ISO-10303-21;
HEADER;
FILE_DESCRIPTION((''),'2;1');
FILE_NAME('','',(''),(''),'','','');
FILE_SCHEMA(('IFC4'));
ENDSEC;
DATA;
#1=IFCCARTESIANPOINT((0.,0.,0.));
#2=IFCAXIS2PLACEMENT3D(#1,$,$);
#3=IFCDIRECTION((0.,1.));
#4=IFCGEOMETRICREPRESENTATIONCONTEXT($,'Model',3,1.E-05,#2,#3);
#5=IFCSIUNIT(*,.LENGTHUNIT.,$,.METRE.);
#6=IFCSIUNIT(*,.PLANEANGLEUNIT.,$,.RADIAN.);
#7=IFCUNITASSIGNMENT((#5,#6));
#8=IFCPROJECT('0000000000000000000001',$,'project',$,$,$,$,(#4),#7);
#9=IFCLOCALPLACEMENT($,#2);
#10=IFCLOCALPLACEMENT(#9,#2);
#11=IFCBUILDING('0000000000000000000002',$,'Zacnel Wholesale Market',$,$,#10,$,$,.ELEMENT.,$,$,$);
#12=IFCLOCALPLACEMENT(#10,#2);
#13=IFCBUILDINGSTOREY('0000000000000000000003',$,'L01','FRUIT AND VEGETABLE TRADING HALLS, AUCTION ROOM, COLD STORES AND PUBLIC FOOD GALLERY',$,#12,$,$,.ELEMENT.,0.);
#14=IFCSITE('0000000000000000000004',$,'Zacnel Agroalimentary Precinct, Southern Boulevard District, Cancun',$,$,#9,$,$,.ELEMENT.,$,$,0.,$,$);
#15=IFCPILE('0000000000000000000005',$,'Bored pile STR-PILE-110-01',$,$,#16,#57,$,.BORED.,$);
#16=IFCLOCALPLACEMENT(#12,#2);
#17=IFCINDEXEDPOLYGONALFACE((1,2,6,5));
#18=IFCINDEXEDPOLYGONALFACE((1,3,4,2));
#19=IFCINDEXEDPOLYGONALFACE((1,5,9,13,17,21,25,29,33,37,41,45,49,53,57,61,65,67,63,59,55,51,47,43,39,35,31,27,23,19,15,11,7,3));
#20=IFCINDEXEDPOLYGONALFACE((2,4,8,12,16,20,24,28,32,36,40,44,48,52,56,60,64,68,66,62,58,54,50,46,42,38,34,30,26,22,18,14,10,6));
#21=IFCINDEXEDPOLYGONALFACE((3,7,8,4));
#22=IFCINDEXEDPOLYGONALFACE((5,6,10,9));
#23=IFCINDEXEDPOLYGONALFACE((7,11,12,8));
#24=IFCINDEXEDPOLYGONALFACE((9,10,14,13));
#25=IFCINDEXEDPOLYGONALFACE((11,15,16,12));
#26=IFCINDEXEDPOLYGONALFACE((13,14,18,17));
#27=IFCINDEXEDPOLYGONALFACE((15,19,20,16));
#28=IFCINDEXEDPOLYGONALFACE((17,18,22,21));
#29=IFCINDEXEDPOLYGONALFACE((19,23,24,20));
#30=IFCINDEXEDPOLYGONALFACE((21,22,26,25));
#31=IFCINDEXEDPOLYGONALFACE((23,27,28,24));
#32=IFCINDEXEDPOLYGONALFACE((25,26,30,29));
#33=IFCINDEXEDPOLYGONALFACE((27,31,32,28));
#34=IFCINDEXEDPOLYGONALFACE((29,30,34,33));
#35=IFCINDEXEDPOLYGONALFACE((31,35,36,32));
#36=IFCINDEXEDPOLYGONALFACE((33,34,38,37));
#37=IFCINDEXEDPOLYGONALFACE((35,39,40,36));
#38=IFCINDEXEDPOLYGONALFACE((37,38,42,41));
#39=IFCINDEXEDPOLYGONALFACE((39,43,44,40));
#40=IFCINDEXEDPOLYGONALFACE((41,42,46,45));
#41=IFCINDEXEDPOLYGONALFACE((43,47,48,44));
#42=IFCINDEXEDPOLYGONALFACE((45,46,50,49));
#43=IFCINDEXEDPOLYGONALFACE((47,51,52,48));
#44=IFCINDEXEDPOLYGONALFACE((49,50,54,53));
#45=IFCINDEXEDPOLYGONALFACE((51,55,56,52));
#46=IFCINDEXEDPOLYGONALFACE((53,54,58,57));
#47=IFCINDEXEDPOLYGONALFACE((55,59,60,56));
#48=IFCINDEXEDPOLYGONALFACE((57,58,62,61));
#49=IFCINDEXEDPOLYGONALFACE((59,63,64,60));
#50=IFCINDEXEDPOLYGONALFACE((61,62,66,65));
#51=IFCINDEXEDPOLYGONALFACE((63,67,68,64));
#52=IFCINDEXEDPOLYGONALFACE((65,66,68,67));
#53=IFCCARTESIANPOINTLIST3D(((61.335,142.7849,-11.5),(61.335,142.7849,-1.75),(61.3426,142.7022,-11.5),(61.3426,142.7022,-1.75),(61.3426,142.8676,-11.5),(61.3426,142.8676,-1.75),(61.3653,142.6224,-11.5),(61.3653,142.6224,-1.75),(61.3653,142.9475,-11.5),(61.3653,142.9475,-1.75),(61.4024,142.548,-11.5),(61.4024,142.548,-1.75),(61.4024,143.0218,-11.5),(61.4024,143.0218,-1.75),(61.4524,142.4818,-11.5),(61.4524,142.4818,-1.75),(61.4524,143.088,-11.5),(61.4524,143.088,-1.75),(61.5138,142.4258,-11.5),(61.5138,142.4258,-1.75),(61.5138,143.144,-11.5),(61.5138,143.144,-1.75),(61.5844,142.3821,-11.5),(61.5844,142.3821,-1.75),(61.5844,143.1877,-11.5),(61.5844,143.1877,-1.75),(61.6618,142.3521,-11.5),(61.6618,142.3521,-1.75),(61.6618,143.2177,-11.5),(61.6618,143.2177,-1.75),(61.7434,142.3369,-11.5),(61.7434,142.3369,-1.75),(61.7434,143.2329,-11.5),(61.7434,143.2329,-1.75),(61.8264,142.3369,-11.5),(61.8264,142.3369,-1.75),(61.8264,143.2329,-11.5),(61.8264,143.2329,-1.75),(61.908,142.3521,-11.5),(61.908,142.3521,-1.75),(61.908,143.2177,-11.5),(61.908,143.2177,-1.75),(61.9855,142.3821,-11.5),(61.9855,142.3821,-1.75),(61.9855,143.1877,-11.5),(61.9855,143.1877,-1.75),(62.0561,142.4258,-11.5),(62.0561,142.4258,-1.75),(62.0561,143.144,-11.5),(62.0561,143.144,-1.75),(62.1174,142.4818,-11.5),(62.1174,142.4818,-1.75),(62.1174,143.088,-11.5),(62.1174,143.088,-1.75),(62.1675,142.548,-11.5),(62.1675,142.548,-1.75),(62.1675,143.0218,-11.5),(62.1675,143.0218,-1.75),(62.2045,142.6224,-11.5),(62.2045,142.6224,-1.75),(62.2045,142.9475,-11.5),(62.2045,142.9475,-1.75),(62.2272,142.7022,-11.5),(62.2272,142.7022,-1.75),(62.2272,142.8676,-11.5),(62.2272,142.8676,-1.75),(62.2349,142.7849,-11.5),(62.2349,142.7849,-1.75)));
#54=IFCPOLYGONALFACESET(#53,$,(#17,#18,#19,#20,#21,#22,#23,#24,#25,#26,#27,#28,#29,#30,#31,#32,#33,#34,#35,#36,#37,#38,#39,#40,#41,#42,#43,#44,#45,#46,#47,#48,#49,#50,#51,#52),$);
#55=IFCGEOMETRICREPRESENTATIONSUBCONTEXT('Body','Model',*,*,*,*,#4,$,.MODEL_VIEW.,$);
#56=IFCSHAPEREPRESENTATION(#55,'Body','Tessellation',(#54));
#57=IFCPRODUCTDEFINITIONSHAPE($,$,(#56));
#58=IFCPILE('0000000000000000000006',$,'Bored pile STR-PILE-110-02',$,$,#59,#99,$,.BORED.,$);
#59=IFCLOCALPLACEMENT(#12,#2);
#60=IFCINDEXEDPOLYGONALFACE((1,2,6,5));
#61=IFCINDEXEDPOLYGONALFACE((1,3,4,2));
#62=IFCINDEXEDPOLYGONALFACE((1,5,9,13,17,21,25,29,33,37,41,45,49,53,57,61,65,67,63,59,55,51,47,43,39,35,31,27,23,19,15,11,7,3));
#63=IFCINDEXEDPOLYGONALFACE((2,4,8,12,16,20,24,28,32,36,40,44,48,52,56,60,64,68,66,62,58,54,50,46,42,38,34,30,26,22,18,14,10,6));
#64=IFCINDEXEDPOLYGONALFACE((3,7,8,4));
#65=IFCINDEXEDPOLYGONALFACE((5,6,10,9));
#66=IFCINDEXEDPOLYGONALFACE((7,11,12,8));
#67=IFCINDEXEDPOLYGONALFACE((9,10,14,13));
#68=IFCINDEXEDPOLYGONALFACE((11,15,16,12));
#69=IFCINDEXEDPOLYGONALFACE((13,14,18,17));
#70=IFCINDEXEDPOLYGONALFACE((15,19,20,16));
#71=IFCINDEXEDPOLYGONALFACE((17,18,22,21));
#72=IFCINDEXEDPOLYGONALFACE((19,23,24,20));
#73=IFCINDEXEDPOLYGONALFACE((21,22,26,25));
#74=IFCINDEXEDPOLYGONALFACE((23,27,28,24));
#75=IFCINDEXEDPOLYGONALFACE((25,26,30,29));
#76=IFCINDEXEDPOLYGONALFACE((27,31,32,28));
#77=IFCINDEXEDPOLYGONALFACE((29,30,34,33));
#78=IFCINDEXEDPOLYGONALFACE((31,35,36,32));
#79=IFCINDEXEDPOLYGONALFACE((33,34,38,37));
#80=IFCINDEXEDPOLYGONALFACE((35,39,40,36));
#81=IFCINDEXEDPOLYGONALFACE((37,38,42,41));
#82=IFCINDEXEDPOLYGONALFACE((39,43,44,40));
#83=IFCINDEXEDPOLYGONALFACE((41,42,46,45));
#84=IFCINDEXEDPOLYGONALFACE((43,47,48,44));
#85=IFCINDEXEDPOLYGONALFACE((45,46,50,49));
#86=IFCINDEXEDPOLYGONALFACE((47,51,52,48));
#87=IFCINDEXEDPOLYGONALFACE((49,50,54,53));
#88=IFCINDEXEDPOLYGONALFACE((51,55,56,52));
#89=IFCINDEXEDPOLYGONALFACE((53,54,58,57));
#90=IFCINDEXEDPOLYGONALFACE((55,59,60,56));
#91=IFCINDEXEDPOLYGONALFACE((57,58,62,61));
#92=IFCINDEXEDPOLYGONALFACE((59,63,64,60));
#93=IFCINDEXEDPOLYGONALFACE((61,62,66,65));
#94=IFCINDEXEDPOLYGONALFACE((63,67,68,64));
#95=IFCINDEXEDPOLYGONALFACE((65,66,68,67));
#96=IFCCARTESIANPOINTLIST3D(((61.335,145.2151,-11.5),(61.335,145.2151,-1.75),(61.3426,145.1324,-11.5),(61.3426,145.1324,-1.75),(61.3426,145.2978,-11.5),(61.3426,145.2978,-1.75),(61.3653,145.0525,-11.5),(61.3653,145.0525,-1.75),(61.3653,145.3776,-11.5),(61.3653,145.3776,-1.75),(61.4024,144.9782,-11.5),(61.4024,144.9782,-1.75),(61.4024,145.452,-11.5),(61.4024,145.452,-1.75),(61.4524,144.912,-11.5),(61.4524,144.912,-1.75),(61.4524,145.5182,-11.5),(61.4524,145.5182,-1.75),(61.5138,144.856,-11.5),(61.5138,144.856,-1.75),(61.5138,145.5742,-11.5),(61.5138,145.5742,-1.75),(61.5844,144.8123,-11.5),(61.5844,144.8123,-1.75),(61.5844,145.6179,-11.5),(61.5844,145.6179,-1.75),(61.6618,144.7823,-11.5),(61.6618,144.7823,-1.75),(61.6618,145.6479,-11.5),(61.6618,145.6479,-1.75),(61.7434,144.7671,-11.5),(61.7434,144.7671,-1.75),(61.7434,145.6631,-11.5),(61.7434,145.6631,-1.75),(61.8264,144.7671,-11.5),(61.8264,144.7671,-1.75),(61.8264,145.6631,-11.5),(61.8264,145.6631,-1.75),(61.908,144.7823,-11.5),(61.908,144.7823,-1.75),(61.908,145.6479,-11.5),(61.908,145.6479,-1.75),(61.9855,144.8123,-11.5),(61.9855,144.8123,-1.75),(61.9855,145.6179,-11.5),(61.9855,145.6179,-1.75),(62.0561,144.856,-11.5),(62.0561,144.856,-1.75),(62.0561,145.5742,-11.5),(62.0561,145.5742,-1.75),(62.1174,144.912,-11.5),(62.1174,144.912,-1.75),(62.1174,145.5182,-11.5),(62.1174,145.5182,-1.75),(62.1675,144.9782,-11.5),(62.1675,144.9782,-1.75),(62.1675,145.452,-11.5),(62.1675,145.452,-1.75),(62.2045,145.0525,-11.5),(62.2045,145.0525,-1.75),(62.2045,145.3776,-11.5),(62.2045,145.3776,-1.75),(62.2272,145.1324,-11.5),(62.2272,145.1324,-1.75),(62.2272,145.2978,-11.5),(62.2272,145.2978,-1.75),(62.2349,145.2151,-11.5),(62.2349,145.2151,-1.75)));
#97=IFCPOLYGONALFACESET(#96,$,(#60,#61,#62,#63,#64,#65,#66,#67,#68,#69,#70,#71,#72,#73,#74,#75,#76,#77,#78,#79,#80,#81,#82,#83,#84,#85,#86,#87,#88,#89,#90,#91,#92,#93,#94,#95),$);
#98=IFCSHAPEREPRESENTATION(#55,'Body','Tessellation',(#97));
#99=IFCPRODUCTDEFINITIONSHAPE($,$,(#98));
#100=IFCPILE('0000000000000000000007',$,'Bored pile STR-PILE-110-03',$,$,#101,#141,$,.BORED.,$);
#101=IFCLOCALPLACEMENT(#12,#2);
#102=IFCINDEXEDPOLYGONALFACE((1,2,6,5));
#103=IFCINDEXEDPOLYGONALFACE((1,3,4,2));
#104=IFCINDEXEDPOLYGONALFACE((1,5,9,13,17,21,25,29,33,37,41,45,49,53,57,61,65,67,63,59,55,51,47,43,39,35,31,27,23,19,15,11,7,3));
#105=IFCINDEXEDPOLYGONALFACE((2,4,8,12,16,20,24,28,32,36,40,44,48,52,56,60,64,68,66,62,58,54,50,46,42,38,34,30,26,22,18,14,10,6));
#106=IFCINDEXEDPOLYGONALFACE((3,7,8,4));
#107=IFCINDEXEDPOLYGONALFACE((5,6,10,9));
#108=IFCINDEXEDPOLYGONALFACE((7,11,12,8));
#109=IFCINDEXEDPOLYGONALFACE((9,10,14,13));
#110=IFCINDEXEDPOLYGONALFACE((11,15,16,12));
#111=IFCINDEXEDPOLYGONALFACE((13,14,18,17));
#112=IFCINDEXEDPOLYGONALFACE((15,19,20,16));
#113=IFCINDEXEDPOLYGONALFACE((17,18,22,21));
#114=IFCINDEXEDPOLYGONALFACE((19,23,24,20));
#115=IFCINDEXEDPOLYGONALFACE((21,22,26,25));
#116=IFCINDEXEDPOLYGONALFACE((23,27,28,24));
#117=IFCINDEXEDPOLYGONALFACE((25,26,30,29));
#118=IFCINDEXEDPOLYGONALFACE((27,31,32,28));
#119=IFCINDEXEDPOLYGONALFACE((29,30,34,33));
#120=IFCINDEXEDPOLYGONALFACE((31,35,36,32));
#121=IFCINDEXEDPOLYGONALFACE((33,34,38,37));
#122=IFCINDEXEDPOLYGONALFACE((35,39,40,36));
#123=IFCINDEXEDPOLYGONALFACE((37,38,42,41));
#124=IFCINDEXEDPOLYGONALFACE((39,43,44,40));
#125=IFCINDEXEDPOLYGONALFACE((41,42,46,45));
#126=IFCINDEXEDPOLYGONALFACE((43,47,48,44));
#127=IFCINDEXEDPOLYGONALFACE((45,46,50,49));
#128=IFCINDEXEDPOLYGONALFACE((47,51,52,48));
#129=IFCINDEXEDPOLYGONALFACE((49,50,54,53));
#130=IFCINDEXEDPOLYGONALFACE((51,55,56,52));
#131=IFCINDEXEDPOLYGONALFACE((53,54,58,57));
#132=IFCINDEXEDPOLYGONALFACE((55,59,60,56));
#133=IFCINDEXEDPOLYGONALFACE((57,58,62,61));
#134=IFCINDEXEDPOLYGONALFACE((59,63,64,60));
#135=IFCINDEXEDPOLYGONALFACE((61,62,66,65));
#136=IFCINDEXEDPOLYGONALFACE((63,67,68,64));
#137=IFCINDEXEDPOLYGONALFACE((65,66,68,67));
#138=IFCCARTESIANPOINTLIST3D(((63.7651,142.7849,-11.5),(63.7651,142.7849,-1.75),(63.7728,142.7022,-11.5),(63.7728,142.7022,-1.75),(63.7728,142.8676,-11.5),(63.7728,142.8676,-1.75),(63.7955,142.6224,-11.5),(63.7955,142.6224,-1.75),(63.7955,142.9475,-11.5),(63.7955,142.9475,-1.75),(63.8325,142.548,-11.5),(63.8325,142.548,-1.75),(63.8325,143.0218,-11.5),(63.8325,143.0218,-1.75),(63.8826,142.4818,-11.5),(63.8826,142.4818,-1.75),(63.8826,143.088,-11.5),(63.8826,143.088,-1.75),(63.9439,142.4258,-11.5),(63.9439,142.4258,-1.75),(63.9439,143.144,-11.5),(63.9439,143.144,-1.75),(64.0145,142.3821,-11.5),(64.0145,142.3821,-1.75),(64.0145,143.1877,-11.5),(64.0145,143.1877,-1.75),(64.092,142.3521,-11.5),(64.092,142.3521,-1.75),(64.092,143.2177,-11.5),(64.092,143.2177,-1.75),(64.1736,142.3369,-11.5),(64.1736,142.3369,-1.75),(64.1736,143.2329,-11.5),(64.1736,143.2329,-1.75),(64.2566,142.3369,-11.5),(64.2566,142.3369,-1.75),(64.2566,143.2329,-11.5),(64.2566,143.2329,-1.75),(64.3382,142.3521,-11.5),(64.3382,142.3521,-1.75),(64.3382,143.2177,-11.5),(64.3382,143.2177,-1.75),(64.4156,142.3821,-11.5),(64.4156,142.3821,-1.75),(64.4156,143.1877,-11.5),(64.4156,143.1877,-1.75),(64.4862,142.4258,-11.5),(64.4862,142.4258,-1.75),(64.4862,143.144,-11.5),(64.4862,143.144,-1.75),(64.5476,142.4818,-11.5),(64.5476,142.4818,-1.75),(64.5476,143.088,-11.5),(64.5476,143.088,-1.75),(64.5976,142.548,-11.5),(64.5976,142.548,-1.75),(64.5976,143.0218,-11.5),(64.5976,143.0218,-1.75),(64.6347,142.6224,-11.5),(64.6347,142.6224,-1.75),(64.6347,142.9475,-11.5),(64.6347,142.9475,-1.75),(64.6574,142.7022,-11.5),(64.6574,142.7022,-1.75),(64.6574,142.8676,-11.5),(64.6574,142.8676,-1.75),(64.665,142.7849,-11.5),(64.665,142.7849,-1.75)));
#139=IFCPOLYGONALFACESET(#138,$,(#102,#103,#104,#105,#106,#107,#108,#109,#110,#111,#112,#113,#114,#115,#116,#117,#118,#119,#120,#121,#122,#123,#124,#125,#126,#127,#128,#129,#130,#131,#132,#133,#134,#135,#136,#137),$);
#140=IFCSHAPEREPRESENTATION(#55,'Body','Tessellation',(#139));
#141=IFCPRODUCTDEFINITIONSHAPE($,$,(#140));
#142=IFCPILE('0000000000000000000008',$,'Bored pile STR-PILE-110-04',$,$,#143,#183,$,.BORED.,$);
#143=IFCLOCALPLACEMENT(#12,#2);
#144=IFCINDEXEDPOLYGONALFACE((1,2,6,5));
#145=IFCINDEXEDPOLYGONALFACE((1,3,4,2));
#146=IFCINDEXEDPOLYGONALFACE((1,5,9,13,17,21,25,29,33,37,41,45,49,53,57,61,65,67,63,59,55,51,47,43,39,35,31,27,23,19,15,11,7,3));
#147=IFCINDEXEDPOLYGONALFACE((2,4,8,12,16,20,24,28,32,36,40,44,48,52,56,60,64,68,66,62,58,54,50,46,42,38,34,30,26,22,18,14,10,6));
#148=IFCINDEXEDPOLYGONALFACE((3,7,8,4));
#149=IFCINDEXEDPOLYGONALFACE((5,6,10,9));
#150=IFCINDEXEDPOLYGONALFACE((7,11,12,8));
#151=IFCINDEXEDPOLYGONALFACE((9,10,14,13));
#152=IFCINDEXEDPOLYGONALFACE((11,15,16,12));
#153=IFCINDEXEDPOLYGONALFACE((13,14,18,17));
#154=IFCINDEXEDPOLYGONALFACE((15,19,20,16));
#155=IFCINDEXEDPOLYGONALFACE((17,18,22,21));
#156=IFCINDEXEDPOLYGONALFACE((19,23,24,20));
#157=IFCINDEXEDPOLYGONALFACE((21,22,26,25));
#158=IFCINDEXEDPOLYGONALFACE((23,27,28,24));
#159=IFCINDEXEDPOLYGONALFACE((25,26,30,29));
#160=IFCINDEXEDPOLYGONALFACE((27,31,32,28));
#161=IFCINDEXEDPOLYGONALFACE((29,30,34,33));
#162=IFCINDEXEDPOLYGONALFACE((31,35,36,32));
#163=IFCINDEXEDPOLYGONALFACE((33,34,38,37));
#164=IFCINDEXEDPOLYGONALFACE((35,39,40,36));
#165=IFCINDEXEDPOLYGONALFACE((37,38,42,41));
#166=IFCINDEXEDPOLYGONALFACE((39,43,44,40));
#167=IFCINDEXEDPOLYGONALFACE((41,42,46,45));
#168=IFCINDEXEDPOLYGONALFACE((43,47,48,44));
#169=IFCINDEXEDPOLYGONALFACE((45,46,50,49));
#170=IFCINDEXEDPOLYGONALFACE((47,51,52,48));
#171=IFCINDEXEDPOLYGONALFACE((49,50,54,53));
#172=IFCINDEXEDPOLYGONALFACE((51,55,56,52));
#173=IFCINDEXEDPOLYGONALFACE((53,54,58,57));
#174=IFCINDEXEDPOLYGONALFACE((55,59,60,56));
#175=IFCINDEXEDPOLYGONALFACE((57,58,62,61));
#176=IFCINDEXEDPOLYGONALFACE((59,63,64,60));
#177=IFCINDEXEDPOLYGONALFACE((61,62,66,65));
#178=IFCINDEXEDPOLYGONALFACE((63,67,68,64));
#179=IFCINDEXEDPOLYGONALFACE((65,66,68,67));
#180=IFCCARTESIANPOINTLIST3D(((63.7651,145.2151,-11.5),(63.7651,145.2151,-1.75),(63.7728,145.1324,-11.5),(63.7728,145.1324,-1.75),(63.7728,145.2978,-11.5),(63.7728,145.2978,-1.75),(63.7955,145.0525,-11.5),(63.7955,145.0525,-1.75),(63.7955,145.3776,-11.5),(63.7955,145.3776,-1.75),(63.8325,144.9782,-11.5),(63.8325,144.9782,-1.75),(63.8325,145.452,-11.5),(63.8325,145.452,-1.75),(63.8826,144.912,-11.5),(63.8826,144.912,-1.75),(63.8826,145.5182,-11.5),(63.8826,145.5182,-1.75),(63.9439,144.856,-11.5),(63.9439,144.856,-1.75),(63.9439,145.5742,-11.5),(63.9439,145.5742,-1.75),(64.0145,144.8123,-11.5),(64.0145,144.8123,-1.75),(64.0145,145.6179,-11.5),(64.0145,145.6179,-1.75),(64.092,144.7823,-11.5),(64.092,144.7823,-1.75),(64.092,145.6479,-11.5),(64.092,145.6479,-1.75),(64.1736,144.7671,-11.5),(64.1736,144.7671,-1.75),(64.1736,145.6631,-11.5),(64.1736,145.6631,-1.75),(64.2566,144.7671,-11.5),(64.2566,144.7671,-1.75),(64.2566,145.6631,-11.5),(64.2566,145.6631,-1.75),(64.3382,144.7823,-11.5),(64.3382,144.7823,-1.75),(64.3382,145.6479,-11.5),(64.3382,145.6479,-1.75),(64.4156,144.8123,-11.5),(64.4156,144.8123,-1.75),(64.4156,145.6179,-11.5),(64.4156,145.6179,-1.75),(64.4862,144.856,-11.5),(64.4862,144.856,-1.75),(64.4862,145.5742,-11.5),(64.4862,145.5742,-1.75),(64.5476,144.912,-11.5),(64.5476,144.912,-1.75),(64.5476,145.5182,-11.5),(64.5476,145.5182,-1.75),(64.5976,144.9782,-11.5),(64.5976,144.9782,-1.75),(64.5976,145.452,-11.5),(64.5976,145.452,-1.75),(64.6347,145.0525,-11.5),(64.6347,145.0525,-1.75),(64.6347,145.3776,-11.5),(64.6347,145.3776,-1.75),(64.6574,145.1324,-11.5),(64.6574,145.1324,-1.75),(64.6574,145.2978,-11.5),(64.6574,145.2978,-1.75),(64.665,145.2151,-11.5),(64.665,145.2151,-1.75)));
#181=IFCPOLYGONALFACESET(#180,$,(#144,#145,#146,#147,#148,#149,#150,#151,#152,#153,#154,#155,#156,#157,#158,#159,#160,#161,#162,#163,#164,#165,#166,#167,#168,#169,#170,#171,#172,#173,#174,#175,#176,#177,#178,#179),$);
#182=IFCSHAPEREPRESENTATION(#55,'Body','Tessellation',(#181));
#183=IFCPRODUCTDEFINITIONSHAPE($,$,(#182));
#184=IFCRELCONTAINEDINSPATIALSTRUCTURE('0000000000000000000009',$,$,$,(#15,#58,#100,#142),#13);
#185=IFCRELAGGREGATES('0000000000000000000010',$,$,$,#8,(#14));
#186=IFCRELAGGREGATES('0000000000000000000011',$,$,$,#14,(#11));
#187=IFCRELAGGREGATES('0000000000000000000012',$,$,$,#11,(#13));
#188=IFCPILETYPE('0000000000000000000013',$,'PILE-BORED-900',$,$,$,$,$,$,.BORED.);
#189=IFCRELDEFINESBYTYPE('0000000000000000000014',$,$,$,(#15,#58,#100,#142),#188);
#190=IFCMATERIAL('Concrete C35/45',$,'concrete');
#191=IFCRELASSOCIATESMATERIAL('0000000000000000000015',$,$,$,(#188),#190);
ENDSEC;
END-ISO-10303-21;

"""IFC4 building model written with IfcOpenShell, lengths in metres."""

from ifc_helpers import new_model, si_unit, direction, frame, origin, origin_2d, place, context, subcontext, project, spatial, circle, extrude, material, material_profile, profile_set, type_object, element, save


model = new_model("IFC4")

# Units and contexts
model_context = context("Model", 3, precision=1e-05, world=origin(), true_north=direction((0.0, 1.0)))
body_context = subcontext(model_context, "Body", "Model", "MODEL_VIEW")
ifc_project = project(units=[si_unit("LENGTHUNIT", "METRE"), si_unit("PLANEANGLEUNIT", "RADIAN")], contexts=[model_context])

# Site, building, storey
site_placement = place(None, origin())
site = spatial("IfcSite", under=ifc_project, at=site_placement, Name="Zacnel Agroalimentary Precinct, Southern Boulevard District, Cancun", CompositionType="ELEMENT", RefElevation=0.0)
building_placement = place(site_placement, origin())
building = spatial("IfcBuilding", under=site, at=building_placement, Name="Zacnel Wholesale Market", CompositionType="ELEMENT")
storey_placement = place(building_placement, origin())
storey = spatial("IfcBuildingStorey", under=building, at=storey_placement, Name="L01", Description="FRUIT AND VEGETABLE TRADING HALLS, AUCTION ROOM, COLD STORES AND PUBLIC FOOD GALLERY", CompositionType="ELEMENT", Elevation=0.0)

# Piles
ifc_material_1 = material(Name="Concrete C35/45", Category="concrete")
ifc_material_profile_1 = material_profile(ifc_material_1, circle(Radius=0.45, at=origin_2d()), Name="BORED PILE D900")
ifc_profile_set_1 = profile_set([ifc_material_profile_1], Name="Concrete C35/45")
pile_type = type_object("IfcPileType", Name="PILE-BORED-900", PredefinedType="BORED", material=ifc_profile_set_1)
for number, where, z_axis, x_axis, name in (
    (1, (61.7849, 142.7849, -1.75), (0.0, 0.0, -1.0), (1.0, 0.0, 0.0), "Bored pile STR-PILE-110-01"),
    (2, (61.7849, 145.2151, -1.75), (0.0, 0.0, -1.0), (1.0, 0.0, 0.0), "Bored pile STR-PILE-110-02"),
    (3, (64.2151, 142.7849, -1.75), (0.0, 0.0, -1.0), (1.0, 0.0, 0.0), "Bored pile STR-PILE-110-03"),
    (4, (64.2151, 145.2151, -1.75), (0.0, 0.0, -1.0), (1.0, 0.0, 0.0), "Bored pile STR-PILE-110-04"),
):
    element("IfcPile", number, at=place(storey_placement, frame(where, z_axis=z_axis, x_axis=x_axis)), inside=storey, type_object=pile_type, Name=name, PredefinedType="BORED", context=body_context, shape_type="SweptSolid", body=[
        extrude(circle(Radius=0.45, at=origin_2d()), origin(), (0.0, 0.0, 1.0), 9.75),
    ])

save(model, "model.ifc")
